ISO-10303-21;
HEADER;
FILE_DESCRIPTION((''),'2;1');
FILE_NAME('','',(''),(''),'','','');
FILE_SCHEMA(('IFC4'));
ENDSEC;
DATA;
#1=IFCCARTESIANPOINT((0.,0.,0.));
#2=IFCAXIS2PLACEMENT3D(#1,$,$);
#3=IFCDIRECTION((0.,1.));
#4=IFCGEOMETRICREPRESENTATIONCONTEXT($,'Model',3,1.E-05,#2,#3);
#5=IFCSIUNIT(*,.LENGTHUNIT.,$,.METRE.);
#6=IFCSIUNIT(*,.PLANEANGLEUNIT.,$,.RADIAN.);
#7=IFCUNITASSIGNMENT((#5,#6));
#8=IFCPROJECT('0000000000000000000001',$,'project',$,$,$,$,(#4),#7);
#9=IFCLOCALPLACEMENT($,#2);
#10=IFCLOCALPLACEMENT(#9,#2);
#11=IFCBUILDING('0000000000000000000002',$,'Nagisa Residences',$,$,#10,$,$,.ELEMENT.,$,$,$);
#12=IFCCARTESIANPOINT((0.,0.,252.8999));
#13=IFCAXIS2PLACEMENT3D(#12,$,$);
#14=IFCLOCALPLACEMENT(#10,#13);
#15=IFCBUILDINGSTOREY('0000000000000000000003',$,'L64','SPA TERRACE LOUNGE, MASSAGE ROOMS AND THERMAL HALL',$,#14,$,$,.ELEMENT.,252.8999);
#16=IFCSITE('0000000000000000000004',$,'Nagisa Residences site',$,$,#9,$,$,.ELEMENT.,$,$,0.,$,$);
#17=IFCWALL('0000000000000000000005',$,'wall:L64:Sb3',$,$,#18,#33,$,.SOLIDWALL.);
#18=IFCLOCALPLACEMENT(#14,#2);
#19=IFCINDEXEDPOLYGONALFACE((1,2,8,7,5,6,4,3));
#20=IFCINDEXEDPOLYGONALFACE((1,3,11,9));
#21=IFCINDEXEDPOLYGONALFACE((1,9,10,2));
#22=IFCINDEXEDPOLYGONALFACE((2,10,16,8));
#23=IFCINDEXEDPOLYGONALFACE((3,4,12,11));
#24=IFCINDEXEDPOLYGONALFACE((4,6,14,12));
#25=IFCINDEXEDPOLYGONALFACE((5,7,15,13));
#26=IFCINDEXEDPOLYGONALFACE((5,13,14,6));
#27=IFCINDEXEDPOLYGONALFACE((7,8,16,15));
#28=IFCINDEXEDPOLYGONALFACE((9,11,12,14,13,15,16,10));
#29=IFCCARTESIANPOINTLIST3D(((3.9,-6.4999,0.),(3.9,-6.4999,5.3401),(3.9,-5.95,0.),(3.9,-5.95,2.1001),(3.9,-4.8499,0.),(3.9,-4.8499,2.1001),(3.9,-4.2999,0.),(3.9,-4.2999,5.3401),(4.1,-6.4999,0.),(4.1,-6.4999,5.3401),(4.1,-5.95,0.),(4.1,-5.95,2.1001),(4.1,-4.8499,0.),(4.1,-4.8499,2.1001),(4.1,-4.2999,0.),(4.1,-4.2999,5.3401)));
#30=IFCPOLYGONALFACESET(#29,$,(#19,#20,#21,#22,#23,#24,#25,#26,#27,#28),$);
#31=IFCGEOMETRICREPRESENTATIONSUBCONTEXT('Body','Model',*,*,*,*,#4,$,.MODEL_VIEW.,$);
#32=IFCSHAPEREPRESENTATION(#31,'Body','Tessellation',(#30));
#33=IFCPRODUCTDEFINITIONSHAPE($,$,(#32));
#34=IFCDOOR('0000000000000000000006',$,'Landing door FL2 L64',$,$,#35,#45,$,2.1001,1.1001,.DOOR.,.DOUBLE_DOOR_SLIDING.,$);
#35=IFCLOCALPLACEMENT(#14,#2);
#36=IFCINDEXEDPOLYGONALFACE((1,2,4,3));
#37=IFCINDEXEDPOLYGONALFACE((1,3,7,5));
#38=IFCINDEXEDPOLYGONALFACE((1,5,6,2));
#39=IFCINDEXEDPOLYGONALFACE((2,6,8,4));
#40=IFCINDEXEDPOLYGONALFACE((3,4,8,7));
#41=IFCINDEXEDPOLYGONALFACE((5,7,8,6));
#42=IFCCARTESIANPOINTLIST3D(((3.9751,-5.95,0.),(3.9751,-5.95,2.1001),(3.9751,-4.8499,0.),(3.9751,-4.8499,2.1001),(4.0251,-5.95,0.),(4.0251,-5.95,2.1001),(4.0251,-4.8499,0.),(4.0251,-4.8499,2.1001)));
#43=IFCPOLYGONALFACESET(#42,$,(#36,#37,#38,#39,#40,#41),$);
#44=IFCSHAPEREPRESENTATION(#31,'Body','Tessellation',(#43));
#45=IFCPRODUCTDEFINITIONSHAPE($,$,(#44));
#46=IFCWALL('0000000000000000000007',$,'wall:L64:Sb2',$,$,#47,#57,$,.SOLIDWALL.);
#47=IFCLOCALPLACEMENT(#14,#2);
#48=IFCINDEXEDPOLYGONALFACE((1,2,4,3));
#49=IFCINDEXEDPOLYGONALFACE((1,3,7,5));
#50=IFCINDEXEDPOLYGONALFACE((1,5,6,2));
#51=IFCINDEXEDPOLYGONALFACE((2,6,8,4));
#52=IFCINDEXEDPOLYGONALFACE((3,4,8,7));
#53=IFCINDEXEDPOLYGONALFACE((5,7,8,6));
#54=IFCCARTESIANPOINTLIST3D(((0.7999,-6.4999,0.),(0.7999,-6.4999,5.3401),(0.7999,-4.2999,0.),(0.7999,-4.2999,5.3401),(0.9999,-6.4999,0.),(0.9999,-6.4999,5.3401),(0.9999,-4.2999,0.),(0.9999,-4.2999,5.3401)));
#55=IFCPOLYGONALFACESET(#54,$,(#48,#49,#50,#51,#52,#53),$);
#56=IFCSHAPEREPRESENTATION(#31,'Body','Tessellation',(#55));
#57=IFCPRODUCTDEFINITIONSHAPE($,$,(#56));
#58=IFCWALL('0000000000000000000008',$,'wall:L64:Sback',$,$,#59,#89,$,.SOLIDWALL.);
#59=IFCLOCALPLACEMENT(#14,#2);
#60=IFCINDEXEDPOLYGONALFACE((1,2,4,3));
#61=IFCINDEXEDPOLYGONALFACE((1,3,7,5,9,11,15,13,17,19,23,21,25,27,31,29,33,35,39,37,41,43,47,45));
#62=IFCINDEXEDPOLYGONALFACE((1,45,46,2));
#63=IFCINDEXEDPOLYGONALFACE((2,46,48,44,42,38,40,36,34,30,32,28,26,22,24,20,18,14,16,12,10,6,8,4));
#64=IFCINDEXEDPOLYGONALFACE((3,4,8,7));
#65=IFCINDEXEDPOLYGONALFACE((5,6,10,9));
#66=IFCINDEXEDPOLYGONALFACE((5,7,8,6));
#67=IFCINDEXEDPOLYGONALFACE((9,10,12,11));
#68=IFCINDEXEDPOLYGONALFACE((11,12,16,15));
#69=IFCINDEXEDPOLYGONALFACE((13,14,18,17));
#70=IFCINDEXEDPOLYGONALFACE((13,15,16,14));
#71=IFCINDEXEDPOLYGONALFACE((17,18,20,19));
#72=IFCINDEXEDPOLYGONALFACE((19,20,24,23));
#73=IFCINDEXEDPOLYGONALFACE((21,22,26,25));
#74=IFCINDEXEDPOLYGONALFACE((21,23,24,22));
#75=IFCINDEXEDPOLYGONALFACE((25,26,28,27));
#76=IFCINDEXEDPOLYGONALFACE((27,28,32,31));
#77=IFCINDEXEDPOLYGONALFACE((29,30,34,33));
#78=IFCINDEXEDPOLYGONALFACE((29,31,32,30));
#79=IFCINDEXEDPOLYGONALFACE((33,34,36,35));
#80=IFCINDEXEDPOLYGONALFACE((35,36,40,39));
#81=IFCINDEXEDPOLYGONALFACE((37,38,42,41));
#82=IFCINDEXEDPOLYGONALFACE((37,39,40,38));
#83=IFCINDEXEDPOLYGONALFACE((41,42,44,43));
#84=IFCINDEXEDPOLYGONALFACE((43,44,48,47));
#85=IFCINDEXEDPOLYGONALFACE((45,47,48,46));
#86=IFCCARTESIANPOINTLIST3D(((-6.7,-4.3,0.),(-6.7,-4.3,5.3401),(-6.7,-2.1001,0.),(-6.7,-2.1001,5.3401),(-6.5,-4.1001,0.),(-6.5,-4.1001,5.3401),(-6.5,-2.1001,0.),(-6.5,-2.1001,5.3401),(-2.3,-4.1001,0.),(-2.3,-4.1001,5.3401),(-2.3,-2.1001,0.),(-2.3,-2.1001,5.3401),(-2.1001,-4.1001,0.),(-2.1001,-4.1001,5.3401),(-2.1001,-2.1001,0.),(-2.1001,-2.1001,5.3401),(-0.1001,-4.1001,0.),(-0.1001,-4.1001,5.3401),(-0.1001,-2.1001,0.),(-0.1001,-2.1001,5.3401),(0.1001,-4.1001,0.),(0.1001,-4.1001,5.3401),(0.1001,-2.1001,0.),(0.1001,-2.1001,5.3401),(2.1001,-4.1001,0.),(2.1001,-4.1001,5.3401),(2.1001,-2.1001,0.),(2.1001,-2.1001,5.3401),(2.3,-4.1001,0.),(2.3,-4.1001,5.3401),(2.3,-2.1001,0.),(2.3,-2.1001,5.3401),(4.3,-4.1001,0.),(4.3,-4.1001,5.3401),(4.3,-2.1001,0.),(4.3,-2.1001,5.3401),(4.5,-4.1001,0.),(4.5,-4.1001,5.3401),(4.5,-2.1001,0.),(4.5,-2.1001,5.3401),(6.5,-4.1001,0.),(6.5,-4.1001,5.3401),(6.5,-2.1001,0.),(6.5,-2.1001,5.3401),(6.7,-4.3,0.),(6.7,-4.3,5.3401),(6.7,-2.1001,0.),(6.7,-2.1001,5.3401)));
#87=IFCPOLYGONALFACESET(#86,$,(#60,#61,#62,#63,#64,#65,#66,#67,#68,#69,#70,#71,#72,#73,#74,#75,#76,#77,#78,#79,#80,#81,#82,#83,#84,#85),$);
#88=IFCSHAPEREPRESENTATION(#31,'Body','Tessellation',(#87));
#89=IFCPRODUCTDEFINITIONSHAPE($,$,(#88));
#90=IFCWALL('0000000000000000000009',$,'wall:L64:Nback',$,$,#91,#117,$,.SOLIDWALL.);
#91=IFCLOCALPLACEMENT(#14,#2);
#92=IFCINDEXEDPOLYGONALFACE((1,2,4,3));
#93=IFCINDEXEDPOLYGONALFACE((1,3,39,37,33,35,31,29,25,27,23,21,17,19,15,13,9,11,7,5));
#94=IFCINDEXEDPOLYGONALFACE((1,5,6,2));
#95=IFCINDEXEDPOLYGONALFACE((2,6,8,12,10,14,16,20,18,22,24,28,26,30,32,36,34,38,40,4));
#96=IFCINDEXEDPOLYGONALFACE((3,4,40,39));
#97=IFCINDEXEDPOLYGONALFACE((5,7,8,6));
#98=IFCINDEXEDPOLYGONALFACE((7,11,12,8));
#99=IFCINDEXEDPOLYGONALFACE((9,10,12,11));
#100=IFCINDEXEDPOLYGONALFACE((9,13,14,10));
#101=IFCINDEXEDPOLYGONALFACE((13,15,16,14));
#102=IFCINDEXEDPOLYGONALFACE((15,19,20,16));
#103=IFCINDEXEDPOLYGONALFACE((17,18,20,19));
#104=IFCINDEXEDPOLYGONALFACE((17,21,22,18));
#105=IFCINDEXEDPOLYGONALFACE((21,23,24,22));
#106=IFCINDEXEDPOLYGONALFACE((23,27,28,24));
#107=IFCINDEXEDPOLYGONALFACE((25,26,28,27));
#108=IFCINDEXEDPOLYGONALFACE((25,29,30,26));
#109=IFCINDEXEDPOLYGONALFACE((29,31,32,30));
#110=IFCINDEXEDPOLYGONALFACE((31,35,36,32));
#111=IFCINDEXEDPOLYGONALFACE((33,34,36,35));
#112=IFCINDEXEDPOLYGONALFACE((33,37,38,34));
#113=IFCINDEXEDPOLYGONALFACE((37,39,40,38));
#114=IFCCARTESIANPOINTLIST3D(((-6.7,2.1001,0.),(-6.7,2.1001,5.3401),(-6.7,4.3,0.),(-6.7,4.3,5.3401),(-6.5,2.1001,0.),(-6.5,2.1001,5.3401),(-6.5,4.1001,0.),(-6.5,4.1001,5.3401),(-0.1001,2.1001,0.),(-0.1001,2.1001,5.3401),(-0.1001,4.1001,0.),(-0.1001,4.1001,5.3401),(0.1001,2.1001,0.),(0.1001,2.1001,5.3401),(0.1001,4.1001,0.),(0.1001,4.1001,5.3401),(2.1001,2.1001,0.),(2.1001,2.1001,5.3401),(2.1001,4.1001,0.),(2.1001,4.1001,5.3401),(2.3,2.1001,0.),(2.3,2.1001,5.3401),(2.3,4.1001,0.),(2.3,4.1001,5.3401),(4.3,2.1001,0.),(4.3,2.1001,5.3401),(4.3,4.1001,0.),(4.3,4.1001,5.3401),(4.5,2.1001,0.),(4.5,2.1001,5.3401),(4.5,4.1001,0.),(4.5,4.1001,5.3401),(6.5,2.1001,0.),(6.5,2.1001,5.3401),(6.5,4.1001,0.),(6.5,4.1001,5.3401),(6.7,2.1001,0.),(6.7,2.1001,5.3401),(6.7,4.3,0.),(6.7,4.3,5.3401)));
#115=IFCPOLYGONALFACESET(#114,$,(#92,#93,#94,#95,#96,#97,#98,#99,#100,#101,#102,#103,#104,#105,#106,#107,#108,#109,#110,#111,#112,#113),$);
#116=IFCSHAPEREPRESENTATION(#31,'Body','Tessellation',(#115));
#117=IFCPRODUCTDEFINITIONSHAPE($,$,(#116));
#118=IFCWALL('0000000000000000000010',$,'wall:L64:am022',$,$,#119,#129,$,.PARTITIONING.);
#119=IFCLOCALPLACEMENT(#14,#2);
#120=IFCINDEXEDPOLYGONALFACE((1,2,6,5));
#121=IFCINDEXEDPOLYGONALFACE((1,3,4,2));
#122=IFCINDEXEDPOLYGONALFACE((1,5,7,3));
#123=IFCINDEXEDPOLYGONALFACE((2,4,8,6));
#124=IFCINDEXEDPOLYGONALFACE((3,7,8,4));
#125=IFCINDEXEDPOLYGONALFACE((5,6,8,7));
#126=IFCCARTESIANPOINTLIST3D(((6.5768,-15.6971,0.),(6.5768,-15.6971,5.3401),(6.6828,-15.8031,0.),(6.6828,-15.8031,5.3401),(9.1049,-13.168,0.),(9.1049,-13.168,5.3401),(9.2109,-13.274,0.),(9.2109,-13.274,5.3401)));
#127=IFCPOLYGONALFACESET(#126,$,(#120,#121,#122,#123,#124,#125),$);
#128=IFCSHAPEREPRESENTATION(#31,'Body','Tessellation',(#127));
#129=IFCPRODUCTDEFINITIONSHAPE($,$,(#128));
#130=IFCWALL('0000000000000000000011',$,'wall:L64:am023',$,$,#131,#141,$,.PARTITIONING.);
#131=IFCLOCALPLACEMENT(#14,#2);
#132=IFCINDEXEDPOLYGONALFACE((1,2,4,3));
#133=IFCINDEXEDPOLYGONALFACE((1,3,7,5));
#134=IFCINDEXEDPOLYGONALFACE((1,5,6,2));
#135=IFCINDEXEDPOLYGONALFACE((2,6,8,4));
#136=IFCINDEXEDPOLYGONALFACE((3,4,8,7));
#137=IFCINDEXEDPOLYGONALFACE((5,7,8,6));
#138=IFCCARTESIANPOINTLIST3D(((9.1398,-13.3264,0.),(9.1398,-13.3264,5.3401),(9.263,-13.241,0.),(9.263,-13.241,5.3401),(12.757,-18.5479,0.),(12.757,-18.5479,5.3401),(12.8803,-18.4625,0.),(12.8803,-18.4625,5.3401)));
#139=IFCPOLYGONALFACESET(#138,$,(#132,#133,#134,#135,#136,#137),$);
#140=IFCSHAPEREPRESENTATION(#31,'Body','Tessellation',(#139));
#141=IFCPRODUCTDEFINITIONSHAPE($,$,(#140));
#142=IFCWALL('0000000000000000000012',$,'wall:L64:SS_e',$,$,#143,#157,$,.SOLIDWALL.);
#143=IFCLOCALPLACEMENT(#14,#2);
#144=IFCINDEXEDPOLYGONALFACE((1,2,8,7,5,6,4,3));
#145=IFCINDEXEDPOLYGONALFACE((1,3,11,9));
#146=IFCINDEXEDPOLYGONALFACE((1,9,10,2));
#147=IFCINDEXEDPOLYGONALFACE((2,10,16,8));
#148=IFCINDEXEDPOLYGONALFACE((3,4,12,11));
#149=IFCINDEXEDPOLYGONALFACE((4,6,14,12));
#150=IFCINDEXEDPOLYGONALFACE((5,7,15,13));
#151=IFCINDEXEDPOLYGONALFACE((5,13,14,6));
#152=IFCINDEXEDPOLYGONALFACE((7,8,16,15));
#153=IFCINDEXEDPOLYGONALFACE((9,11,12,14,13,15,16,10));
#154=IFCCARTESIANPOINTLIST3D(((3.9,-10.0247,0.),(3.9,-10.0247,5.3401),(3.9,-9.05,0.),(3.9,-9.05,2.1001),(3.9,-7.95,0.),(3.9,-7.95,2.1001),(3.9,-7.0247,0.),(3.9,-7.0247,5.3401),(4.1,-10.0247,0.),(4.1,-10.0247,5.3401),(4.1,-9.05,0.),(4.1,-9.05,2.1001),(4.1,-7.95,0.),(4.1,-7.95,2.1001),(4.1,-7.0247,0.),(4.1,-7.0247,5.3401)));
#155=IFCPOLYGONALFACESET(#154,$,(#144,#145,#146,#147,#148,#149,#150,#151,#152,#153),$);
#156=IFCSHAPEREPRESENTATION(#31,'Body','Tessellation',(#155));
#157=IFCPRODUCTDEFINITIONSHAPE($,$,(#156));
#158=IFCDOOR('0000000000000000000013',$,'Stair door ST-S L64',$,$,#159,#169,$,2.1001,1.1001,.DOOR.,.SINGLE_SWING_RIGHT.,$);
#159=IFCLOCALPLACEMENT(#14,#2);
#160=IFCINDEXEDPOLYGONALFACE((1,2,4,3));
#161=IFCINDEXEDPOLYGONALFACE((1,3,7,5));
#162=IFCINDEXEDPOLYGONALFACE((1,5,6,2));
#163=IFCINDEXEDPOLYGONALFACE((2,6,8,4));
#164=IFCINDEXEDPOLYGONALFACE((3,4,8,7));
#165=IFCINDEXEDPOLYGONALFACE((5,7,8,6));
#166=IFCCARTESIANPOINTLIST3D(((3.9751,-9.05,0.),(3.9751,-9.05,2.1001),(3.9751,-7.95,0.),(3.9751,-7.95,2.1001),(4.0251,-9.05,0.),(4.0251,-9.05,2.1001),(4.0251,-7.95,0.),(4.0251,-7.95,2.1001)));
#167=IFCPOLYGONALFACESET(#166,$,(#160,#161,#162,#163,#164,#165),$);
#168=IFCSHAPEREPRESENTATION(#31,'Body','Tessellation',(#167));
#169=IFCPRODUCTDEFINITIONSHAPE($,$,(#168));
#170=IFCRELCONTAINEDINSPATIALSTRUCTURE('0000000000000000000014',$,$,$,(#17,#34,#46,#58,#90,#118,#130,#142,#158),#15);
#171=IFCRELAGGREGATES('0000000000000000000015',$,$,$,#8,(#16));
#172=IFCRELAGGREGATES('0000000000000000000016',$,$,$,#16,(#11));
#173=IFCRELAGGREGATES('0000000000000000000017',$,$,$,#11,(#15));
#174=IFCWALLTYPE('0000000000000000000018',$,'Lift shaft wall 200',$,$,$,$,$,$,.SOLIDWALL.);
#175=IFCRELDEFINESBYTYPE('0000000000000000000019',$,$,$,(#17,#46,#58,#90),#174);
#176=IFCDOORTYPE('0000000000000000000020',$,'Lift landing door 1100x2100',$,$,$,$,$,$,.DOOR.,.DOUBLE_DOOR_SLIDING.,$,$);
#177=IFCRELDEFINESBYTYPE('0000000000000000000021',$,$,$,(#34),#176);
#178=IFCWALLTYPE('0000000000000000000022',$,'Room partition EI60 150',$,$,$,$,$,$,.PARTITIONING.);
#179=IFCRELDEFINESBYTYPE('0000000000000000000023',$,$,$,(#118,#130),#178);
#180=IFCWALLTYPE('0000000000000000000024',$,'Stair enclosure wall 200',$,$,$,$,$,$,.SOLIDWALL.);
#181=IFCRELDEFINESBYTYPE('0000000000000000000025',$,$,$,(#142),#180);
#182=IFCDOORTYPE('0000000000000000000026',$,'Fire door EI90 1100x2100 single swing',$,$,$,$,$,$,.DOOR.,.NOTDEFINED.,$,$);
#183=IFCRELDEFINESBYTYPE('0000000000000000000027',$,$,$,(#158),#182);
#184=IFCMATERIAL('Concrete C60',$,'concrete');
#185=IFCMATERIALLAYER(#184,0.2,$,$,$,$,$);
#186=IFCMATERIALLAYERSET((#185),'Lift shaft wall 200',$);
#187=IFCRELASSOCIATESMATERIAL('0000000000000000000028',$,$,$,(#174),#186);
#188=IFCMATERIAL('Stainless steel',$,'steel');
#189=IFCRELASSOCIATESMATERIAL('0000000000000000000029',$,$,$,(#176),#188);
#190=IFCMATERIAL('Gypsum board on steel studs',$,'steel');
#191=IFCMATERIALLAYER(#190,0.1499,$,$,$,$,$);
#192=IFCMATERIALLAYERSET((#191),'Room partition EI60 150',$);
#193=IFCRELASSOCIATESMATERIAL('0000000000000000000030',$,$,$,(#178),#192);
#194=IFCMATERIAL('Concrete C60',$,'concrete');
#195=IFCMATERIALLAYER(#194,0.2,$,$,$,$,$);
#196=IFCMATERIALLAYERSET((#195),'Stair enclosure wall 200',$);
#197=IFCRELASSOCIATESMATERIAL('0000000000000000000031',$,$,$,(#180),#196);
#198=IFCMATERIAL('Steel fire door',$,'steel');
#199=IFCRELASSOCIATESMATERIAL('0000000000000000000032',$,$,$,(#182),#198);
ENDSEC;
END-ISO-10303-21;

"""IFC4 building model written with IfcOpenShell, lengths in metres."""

from ifc_helpers import new_model, si_unit, direction, frame, frame_2d, origin, place, context, subcontext, project, spatial, polyline, rectangle, outline, extrude, material, layer, layer_set, type_object, element, fill, save


model = new_model("IFC4")

# Units and contexts
model_context = context("Model", 3, precision=1e-05, world=origin(), true_north=direction((0.0, 1.0)))
body_context = subcontext(model_context, "Body", "Model", "MODEL_VIEW")
ifc_project = project(units=[si_unit("LENGTHUNIT", "METRE"), si_unit("PLANEANGLEUNIT", "RADIAN")], contexts=[model_context])

# Site, building, storey
site_placement = place(None, origin())
site = spatial("IfcSite", under=ifc_project, at=site_placement, Name="Nagisa Residences site", CompositionType="ELEMENT", RefElevation=0.0)
building_placement = place(site_placement, origin())
building = spatial("IfcBuilding", under=site, at=building_placement, Name="Nagisa Residences", CompositionType="ELEMENT")
storey_placement = place(building_placement, frame((0.0, 0.0, 252.8999)))
storey = spatial("IfcBuildingStorey", under=building, at=storey_placement, Name="L64", Description="SPA TERRACE LOUNGE, MASSAGE ROOMS AND THERMAL HALL", CompositionType="ELEMENT", Elevation=252.8999)

# Wall, opening, door
ifc_material_1 = material(Name="Concrete C60", Category="concrete")
ifc_layer_1 = layer(ifc_material_1, 0.2)
ifc_layer_set_1 = layer_set([ifc_layer_1], Name="Lift shaft wall 200")
wall_type_1 = type_object("IfcWallType", Name="Lift shaft wall 200", PredefinedType="SOLIDWALL", material=ifc_layer_set_1)
wall_1_placement = place(storey_placement, frame((4.0, -6.5, 0.0), z_axis=(0.0, 0.0, 1.0), x_axis=(0.0, 1.0, 0.0)))
wall_1 = element("IfcWall", 1, at=wall_1_placement, inside=storey, type_object=wall_type_1, Name="wall:L64:Sb3", PredefinedType="SOLIDWALL", context=body_context, shape_type="SweptSolid", body=[
    extrude(rectangle(XDim=2.2, YDim=0.2, at=frame_2d((1.1001, 0.0))), origin(), (0.0, 0.0, 1.0), 5.3401),
])
opening_1_placement = place(wall_1_placement, frame((0.55, 0.0, 0.0)))
opening_1 = element("IfcOpeningElement", 2, at=opening_1_placement, cuts=wall_1, PredefinedType="OPENING", context=body_context, shape_type="SweptSolid", body=[
    extrude(rectangle(XDim=1.1001, YDim=2.1001, at=frame_2d((0.55, 1.05))), frame((0.0, 0.1099, 0.0), z_axis=(0.0, -1.0, 0.0), x_axis=(1.0, 0.0, 0.0)), (0.0, 0.0, 1.0), 0.22),
])
ifc_material_2 = material(Name="Stainless steel", Category="steel")
door_type_1 = type_object("IfcDoorType", Name="Lift landing door 1100x2100", OperationType="DOUBLE_DOOR_SLIDING", PredefinedType="DOOR", material=ifc_material_2)
door_1_placement = place(opening_1_placement, origin())
door_1 = element("IfcDoor", 3, at=door_1_placement, inside=storey, type_object=door_type_1, Name="Landing door FL2 L64", OperationType="DOUBLE_DOOR_SLIDING", OverallHeight=2.1001, OverallWidth=1.1001, PredefinedType="DOOR", context=body_context, shape_type="SweptSolid", body=[
    extrude(rectangle(XDim=1.1001, YDim=2.1001, at=frame_2d((0.55, 1.05))), frame((0.0, 0.0249, 0.0), z_axis=(0.0, -1.0, 0.0), x_axis=(1.0, 0.0, 0.0)), (0.0, 0.0, 1.0), 0.05),
])
fill(opening_1, door_1)

# Walls
wall_2_placement = place(storey_placement, frame((0.8999, -6.5, 0.0), z_axis=(0.0, 0.0, 1.0), x_axis=(0.0, 1.0, 0.0)))
element("IfcWall", 4, at=wall_2_placement, inside=storey, type_object=wall_type_1, Name="wall:L64:Sb2", PredefinedType="SOLIDWALL", context=body_context, shape_type="SweptSolid", body=[
    extrude(rectangle(XDim=2.2, YDim=0.2, at=frame_2d((1.1001, 0.0))), origin(), (0.0, 0.0, 1.0), 5.3401),
])
wall_3_placement = place(storey_placement, origin())
element("IfcWall", 5, at=wall_3_placement, inside=storey, type_object=wall_type_1, Name="wall:L64:Sback", PredefinedType="SOLIDWALL", context=body_context, shape_type="SweptSolid", body=[
    extrude(outline(polyline([(-6.7, -2.1001), (-6.5, -2.1001), (-6.5, -4.1001), (-2.3, -4.1001), (-2.3, -2.1001), (-2.1001, -2.1001), (-2.1001, -4.1001), (-0.1001, -4.1001), (-0.1001, -2.1001), (0.1001, -2.1001), (0.1001, -4.1001), (2.1001, -4.1001), (2.1001, -2.1001), (2.3, -2.1001), (2.3, -4.1001), (4.3, -4.1001), (4.3, -2.1001), (4.5, -2.1001), (4.5, -4.1001), (6.5, -4.1001), (6.5, -2.1001), (6.7, -2.1001), (6.7, -4.3), (-6.7, -4.3), (-6.7, -2.1001)])), origin(), (0.0, 0.0, 1.0), 5.3401),
])
wall_4_placement = place(storey_placement, origin())
element("IfcWall", 6, at=wall_4_placement, inside=storey, type_object=wall_type_1, Name="wall:L64:Nback", PredefinedType="SOLIDWALL", context=body_context, shape_type="SweptSolid", body=[
    extrude(outline(polyline([(-6.7, 4.3), (6.7, 4.3), (6.7, 2.1001), (6.5, 2.1001), (6.5, 4.1001), (4.5, 4.1001), (4.5, 2.1001), (4.3, 2.1001), (4.3, 4.1001), (2.3, 4.1001), (2.3, 2.1001), (2.1001, 2.1001), (2.1001, 4.1001), (0.1001, 4.1001), (0.1001, 2.1001), (-0.1001, 2.1001), (-0.1001, 4.1001), (-6.5, 4.1001), (-6.5, 2.1001), (-6.7, 2.1001), (-6.7, 4.3)])), origin(), (0.0, 0.0, 1.0), 5.3401),
])
ifc_material_3 = material(Name="Gypsum board on steel studs", Category="steel")
ifc_layer_2 = layer(ifc_material_3, 0.1499)
ifc_layer_set_2 = layer_set([ifc_layer_2], Name="Room partition EI60 150")
wall_type_2 = type_object("IfcWallType", Name="Room partition EI60 150", PredefinedType="PARTITIONING", material=ifc_layer_set_2)
wall_5_placement = place(storey_placement, frame((9.158, -13.2209, 0.0), z_axis=(0.0, 0.0, 1.0), x_axis=(-0.70697, -0.707243, 0.0)))
element("IfcWall", 7, at=wall_5_placement, inside=storey, type_object=wall_type_2, Name="wall:L64:am022", PredefinedType="PARTITIONING", context=body_context, shape_type="SweptSolid", body=[
    extrude(rectangle(XDim=3.5759, YDim=0.1499, at=frame_2d((1.7881, 0.0))), origin(), (0.0, 0.0, 1.0), 5.3401),
])
wall_6_placement = place(storey_placement, frame((9.2014, -13.2837, 0.0), z_axis=(0.0, 0.0, 1.0), x_axis=(0.56946, -0.822019, 0.0)))
element("IfcWall", 8, at=wall_6_placement, inside=storey, type_object=wall_type_2, Name="wall:L64:am023", PredefinedType="PARTITIONING", context=body_context, shape_type="SweptSolid", body=[
    extrude(rectangle(XDim=6.3521, YDim=0.1499, at=frame_2d((3.176, 0.0))), origin(), (0.0, 0.0, 1.0), 5.3401),
])

# Wall, opening, door
ifc_material_4 = material(Name="Concrete C60", Category="concrete")
ifc_layer_3 = layer(ifc_material_4, 0.2)
ifc_layer_set_3 = layer_set([ifc_layer_3], Name="Stair enclosure wall 200")
wall_type_3 = type_object("IfcWallType", Name="Stair enclosure wall 200", PredefinedType="SOLIDWALL", material=ifc_layer_set_3)
wall_7_placement = place(storey_placement, frame((4.0, -10.0247, 0.0), z_axis=(0.0, 0.0, 1.0), x_axis=(0.0, 1.0, 0.0)))
wall_7 = element("IfcWall", 9, at=wall_7_placement, inside=storey, type_object=wall_type_3, Name="wall:L64:SS_e", PredefinedType="SOLIDWALL", context=body_context, shape_type="SweptSolid", body=[
    extrude(rectangle(XDim=3.0, YDim=0.2, at=frame_2d((1.5, 0.0))), origin(), (0.0, 0.0, 1.0), 5.3401),
])
opening_2_placement = place(wall_7_placement, frame((0.9746, 0.0, 0.0)))
opening_2 = element("IfcOpeningElement", 10, at=opening_2_placement, cuts=wall_7, PredefinedType="OPENING", context=body_context, shape_type="SweptSolid", body=[
    extrude(rectangle(XDim=1.1001, YDim=2.1001, at=frame_2d((0.55, 1.05))), frame((0.0, 0.1099, 0.0), z_axis=(0.0, -1.0, 0.0), x_axis=(1.0, 0.0, 0.0)), (0.0, 0.0, 1.0), 0.22),
])
ifc_material_5 = material(Name="Steel fire door", Category="steel")
door_type_2 = type_object("IfcDoorType", Name="Fire door EI90 1100x2100 single swing", OperationType="NOTDEFINED", PredefinedType="DOOR", material=ifc_material_5)
door_2_placement = place(opening_2_placement, origin())
door_2 = element("IfcDoor", 11, at=door_2_placement, inside=storey, type_object=door_type_2, Name="Stair door ST-S L64", OperationType="SINGLE_SWING_RIGHT", OverallHeight=2.1001, OverallWidth=1.1001, PredefinedType="DOOR", context=body_context, shape_type="SweptSolid", body=[
    extrude(rectangle(XDim=1.1001, YDim=2.1001, at=frame_2d((0.55, 1.05))), frame((0.0, 0.0249, 0.0), z_axis=(0.0, -1.0, 0.0), x_axis=(1.0, 0.0, 0.0)), (0.0, 0.0, 1.0), 0.05),
])
fill(opening_2, door_2)

save(model, "model.ifc")
